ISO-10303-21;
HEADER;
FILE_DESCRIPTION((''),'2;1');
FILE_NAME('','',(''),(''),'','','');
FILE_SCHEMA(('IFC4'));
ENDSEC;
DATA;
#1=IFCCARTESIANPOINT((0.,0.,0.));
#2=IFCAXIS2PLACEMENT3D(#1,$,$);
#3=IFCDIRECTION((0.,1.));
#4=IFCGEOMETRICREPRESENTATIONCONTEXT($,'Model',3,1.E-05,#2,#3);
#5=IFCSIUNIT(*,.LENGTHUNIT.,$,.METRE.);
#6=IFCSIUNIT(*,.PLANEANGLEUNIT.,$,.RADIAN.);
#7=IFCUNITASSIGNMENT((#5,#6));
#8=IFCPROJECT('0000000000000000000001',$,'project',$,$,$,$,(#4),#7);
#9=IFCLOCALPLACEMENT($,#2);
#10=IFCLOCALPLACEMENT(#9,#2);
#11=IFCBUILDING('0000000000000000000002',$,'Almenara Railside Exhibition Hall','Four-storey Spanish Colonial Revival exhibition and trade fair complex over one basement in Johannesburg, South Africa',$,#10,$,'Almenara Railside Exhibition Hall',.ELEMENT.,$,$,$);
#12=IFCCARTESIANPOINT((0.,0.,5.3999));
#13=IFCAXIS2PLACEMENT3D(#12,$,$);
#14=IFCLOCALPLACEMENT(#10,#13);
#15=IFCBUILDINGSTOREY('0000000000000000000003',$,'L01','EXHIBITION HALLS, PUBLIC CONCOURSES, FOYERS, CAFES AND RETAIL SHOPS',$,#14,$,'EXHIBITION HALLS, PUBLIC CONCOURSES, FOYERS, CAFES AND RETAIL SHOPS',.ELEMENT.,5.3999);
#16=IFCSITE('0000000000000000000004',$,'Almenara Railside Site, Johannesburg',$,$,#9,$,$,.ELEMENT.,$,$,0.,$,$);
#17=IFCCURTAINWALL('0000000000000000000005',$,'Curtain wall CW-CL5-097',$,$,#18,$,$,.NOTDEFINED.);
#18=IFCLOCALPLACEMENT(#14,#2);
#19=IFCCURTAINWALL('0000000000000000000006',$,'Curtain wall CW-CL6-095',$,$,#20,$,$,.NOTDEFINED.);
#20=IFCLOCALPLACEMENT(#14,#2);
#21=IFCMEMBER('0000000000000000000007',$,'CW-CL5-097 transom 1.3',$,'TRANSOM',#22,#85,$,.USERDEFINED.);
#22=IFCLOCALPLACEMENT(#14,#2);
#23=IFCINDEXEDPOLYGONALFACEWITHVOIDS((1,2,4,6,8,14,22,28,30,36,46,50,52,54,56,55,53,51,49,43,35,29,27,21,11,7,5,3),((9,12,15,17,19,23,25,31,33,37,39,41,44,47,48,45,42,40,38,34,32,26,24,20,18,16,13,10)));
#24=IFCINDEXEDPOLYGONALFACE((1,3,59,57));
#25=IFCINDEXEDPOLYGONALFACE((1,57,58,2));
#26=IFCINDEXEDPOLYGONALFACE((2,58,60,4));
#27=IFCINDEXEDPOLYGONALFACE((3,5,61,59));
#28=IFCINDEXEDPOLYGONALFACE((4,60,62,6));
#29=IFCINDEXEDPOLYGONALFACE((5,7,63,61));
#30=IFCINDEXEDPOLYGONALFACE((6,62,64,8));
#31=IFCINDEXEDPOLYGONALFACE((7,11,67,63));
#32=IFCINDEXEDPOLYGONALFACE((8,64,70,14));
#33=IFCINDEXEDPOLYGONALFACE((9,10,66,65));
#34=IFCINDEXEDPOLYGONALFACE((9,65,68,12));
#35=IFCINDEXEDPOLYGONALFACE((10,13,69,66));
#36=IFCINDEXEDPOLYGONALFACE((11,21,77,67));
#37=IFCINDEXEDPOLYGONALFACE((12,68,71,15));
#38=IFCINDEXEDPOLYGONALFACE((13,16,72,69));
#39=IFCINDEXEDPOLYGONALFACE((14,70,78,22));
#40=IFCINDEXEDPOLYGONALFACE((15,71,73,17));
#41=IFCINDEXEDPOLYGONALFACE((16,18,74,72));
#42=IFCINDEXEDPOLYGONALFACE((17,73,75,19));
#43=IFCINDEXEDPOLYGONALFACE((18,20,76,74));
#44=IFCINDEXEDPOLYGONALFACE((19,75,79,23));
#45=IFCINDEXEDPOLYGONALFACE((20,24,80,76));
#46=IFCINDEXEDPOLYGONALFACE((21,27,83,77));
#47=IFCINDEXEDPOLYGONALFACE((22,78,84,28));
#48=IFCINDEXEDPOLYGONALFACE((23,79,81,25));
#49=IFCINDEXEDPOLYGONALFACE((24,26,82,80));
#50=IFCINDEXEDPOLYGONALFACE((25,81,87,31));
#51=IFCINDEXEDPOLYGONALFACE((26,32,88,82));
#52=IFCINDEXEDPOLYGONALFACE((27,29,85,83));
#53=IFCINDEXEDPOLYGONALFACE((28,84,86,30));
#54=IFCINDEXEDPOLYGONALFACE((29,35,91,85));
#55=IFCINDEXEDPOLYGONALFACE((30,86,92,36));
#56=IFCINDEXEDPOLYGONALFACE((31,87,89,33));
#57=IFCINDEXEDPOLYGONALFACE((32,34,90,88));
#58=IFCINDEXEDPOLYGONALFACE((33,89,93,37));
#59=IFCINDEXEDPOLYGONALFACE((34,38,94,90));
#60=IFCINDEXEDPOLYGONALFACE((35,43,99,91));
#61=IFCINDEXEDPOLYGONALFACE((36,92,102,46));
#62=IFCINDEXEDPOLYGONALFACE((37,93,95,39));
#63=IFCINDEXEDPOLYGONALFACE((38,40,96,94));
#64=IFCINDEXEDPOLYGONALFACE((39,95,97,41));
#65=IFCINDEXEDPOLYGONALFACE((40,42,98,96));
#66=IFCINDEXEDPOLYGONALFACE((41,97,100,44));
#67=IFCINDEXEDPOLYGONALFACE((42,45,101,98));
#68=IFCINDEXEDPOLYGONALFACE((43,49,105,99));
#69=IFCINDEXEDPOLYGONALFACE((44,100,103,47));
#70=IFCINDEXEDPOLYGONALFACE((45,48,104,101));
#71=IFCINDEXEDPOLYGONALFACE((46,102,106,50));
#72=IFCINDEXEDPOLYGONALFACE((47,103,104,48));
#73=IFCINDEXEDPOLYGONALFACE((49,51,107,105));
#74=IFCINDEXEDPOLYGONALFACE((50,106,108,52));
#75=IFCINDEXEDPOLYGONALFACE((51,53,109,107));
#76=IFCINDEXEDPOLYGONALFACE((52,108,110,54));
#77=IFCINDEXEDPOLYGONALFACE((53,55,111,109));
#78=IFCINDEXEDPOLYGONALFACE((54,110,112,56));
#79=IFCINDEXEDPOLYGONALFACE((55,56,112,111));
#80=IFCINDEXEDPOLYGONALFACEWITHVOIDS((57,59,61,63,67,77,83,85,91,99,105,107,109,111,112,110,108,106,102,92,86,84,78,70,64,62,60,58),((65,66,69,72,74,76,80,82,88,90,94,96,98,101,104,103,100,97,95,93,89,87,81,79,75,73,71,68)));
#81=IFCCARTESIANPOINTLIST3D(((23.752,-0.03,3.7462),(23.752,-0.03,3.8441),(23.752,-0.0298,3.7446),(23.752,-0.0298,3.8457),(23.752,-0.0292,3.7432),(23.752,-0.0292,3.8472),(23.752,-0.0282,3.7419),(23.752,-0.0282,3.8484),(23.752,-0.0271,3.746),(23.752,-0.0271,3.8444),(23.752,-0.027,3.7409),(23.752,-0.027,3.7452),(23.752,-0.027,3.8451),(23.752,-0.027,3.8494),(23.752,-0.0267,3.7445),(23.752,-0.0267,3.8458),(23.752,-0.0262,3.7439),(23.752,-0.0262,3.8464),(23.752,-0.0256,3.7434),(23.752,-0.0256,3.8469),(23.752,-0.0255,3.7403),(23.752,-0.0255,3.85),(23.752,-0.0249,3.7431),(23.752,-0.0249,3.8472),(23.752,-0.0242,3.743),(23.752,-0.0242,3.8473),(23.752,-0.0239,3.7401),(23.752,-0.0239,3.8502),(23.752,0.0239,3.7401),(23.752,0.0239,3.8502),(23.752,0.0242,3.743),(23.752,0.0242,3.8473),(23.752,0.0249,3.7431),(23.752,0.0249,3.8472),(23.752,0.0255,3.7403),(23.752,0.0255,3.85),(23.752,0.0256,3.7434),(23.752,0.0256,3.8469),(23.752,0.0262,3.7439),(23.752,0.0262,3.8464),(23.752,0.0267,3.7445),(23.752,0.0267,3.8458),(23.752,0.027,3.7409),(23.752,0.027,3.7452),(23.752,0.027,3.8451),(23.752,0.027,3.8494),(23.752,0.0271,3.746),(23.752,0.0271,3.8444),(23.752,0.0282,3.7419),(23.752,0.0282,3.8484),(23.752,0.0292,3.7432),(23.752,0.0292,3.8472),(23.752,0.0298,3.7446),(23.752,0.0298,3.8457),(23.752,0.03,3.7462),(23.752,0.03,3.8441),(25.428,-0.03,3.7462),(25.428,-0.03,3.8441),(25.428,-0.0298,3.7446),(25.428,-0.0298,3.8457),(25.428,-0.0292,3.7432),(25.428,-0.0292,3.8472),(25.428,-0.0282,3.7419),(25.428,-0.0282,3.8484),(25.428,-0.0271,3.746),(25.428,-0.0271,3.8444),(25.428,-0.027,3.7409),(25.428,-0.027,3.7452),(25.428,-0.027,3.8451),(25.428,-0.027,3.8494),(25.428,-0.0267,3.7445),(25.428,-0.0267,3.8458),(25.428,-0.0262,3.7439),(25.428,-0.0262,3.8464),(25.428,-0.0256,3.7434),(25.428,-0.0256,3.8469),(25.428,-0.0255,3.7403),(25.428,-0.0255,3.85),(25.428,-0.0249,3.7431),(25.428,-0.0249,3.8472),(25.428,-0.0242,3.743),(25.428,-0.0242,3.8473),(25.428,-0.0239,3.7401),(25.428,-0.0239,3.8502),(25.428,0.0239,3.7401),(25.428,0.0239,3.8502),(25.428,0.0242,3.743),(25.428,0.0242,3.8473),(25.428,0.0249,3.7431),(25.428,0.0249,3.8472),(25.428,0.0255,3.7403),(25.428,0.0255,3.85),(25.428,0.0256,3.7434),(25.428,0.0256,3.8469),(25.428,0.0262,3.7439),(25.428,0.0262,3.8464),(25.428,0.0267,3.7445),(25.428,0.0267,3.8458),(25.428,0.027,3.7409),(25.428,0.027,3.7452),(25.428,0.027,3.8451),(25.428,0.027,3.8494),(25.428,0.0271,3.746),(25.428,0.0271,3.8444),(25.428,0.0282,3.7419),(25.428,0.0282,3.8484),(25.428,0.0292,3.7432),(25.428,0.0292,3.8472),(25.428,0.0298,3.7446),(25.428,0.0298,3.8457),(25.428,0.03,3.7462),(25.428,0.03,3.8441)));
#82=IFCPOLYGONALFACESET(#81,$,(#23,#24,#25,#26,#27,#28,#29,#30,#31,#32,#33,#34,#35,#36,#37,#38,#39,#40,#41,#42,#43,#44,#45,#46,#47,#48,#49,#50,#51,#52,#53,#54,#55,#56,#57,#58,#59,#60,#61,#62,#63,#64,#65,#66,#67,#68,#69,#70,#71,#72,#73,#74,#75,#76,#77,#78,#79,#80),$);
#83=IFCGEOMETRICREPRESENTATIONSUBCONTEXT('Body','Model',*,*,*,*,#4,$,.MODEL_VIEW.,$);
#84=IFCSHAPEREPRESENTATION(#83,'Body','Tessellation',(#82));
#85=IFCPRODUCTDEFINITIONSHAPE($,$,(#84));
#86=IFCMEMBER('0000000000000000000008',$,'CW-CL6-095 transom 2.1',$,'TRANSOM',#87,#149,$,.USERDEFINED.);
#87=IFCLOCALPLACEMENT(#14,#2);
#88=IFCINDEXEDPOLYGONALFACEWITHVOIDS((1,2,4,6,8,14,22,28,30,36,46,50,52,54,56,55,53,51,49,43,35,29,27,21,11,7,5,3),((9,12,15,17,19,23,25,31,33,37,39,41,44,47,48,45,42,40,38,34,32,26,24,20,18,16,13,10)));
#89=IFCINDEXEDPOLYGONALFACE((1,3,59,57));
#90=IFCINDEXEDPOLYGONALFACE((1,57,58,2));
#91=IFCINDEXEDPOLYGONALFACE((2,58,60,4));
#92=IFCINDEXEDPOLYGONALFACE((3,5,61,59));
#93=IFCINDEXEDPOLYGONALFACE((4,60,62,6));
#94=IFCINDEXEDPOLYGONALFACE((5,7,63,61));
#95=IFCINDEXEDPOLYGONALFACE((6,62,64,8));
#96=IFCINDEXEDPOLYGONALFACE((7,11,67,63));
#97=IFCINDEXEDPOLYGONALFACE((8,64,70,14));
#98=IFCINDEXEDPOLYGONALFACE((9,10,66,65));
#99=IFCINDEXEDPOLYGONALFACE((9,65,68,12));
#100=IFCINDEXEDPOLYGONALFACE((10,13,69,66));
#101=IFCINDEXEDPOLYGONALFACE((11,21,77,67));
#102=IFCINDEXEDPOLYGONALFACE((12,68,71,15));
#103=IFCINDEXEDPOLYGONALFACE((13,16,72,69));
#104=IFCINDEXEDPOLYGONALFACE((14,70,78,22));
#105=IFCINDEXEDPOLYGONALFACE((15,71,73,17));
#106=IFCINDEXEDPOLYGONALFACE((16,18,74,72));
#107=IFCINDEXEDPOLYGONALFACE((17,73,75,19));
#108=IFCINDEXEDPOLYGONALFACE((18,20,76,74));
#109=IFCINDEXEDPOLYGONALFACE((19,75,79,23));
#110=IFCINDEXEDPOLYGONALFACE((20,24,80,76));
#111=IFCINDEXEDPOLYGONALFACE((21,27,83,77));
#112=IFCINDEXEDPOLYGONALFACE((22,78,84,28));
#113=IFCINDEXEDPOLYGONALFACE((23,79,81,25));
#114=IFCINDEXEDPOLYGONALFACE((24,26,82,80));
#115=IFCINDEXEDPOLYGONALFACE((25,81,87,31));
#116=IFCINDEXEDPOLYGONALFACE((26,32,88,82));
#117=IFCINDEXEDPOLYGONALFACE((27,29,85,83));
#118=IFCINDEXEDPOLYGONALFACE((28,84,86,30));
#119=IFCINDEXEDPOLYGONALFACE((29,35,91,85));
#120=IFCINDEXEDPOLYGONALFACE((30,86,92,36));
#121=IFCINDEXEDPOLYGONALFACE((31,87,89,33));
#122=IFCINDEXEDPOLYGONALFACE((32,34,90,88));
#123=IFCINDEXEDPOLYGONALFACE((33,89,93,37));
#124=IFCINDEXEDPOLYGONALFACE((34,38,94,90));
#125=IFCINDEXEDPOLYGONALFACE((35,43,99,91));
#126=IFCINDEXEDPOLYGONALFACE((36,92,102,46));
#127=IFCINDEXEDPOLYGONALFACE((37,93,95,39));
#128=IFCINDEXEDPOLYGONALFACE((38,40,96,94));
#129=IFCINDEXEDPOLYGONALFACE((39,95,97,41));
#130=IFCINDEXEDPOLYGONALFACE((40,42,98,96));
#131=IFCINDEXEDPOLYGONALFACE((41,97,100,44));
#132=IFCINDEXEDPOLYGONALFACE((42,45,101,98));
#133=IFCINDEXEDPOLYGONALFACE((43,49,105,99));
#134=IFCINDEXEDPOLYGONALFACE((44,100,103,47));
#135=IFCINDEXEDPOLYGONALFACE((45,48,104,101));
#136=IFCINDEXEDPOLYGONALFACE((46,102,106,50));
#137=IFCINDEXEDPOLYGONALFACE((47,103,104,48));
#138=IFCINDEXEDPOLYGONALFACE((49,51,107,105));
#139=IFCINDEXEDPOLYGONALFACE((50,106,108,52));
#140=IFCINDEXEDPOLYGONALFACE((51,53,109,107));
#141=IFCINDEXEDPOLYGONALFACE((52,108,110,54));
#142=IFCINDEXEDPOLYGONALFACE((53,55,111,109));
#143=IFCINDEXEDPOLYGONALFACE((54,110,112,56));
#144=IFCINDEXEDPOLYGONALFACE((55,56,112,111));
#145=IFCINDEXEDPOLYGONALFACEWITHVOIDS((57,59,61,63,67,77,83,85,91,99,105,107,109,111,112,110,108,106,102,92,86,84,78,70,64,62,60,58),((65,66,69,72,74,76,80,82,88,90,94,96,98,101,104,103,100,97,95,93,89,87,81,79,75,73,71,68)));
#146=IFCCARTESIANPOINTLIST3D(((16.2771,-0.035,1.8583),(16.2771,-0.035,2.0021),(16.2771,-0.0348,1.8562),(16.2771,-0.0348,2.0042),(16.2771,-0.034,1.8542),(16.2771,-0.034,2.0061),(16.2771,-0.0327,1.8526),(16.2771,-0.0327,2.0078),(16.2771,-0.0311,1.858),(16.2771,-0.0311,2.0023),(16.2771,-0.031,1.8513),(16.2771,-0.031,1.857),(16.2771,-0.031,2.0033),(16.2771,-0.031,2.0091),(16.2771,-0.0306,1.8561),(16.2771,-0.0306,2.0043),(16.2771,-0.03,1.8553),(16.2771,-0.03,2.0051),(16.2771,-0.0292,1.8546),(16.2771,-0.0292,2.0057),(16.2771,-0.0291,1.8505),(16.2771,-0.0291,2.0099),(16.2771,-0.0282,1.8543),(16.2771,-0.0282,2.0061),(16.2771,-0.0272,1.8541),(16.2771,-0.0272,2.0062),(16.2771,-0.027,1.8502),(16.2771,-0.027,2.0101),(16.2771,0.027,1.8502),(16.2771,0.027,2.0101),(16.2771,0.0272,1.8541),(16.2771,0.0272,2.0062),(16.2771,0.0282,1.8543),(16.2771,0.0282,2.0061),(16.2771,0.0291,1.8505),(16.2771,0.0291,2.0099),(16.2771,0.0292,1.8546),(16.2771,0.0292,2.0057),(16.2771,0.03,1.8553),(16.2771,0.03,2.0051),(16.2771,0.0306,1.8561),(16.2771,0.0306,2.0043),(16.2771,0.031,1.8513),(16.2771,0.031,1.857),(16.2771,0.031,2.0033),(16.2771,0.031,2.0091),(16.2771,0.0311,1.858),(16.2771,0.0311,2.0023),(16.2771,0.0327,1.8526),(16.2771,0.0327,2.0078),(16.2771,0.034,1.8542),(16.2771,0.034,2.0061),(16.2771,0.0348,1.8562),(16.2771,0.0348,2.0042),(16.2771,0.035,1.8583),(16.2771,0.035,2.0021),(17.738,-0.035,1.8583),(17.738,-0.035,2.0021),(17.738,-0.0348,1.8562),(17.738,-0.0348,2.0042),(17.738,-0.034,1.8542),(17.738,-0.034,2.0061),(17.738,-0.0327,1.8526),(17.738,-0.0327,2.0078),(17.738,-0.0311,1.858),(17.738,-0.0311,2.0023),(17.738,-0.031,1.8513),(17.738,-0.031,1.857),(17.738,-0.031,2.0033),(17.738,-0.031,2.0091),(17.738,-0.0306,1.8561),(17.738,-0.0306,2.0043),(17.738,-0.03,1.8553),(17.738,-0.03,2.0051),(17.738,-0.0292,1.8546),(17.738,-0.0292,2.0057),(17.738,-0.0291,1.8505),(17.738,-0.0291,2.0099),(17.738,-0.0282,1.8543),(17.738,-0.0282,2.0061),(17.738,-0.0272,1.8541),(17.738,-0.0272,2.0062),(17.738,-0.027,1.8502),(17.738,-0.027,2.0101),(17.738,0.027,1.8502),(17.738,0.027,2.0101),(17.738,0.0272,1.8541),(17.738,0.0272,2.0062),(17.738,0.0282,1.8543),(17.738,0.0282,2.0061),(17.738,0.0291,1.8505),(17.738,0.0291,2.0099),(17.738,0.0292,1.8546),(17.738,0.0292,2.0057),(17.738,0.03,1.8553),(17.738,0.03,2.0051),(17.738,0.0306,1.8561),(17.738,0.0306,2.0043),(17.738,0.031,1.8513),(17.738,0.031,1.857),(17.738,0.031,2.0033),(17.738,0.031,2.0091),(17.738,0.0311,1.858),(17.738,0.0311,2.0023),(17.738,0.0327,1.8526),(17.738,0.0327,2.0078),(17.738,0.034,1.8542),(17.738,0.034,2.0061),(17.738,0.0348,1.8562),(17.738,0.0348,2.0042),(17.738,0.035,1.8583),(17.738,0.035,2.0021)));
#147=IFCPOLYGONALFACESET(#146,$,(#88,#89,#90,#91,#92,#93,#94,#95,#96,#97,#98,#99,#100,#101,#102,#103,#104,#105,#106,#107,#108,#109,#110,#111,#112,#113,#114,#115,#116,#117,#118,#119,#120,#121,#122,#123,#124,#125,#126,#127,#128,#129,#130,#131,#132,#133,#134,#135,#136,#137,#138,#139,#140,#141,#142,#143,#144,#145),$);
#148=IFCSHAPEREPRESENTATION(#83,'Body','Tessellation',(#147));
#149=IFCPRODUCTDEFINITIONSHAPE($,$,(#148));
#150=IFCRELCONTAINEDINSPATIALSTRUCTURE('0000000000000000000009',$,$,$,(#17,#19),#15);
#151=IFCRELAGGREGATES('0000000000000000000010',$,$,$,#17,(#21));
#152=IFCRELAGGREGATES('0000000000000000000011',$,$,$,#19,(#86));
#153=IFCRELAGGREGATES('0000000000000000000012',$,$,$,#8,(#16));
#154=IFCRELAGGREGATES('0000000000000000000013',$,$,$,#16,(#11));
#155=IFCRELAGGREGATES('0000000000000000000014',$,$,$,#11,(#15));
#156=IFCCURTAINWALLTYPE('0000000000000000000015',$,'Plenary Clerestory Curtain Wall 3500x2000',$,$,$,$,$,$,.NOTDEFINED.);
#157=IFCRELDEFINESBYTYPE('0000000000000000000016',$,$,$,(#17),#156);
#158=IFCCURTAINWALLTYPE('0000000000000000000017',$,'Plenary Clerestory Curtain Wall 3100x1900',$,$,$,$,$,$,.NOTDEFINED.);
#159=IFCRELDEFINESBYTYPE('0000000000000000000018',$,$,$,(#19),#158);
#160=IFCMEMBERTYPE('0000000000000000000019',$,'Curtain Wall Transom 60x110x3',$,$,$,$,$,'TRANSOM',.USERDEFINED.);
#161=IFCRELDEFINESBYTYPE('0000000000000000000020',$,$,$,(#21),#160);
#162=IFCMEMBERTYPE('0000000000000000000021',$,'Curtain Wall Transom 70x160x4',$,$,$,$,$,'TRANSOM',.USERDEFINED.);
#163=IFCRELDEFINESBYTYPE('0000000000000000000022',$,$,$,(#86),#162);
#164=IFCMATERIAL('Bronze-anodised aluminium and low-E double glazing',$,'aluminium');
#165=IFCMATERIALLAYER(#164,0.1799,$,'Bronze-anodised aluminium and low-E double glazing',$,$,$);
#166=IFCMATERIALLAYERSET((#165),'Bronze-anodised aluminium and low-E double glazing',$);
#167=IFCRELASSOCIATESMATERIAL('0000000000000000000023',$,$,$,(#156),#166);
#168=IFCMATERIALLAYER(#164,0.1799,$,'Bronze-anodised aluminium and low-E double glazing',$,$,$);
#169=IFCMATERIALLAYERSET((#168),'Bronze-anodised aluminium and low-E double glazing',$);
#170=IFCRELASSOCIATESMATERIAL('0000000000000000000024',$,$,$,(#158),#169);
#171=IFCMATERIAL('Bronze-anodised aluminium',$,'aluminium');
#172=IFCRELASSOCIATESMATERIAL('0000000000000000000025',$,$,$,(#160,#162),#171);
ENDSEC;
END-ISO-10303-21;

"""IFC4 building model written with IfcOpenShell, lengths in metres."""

from ifc_helpers import new_model, si_unit, direction, frame, origin, origin_2d, place, context, subcontext, project, spatial, hollow_rectangle, extrude, material, layer, layer_set, material_profile, profile_set, type_object, element, aggregate, save


model = new_model("IFC4")

# Units and contexts
model_context = context("Model", 3, precision=1e-05, world=origin(), true_north=direction((0.0, 1.0)))
body_context = subcontext(model_context, "Body", "Model", "MODEL_VIEW")
ifc_project = project(units=[si_unit("LENGTHUNIT", "METRE"), si_unit("PLANEANGLEUNIT", "RADIAN")], contexts=[model_context])

# Site, building, storey
site_placement = place(None, origin())
site = spatial("IfcSite", under=ifc_project, at=site_placement, Name="Almenara Railside Site, Johannesburg", CompositionType="ELEMENT", RefElevation=0.0)
building_placement = place(site_placement, origin())
building = spatial("IfcBuilding", under=site, at=building_placement, Name="Almenara Railside Exhibition Hall", Description="Four-storey Spanish Colonial Revival exhibition and trade fair complex over one basement in Johannesburg, South Africa", LongName="Almenara Railside Exhibition Hall", CompositionType="ELEMENT")
storey_placement = place(building_placement, frame((0.0, 0.0, 5.3999)))
storey = spatial("IfcBuildingStorey", under=building, at=storey_placement, Name="L01", Description="EXHIBITION HALLS, PUBLIC CONCOURSES, FOYERS, CAFES AND RETAIL SHOPS", LongName="EXHIBITION HALLS, PUBLIC CONCOURSES, FOYERS, CAFES AND RETAIL SHOPS", CompositionType="ELEMENT", Elevation=5.3999)

# Curtain walls
ifc_material_1 = material(Name="Bronze-anodised aluminium and low-E double glazing", Category="aluminium")
ifc_material_2 = material(Name="Bronze-anodised aluminium", Category="aluminium")
ifc_layer_1 = layer(ifc_material_1, 0.1799, Name="Bronze-anodised aluminium and low-E double glazing")
ifc_layer_set_1 = layer_set([ifc_layer_1], Name="Bronze-anodised aluminium and low-E double glazing")
curtain_wall_type_1 = type_object("IfcCurtainWallType", Name="Plenary Clerestory Curtain Wall 3500x2000", PredefinedType="NOTDEFINED", material=ifc_layer_set_1)
curtain_wall_1_placement = place(storey_placement, origin())
curtain_wall_1 = element("IfcCurtainWall", 1, at=curtain_wall_1_placement, inside=storey, type_object=curtain_wall_type_1, Name="Curtain wall CW-CL5-097", PredefinedType="NOTDEFINED")
ifc_layer_2 = layer(ifc_material_1, 0.1799, Name="Bronze-anodised aluminium and low-E double glazing")
ifc_layer_set_2 = layer_set([ifc_layer_2], Name="Bronze-anodised aluminium and low-E double glazing")
curtain_wall_type_2 = type_object("IfcCurtainWallType", Name="Plenary Clerestory Curtain Wall 3100x1900", PredefinedType="NOTDEFINED", material=ifc_layer_set_2)
curtain_wall_2_placement = place(storey_placement, origin())
curtain_wall_2 = element("IfcCurtainWall", 2, at=curtain_wall_2_placement, inside=storey, type_object=curtain_wall_type_2, Name="Curtain wall CW-CL6-095", PredefinedType="NOTDEFINED")

# Members
ifc_material_profile_1 = material_profile(ifc_material_2, hollow_rectangle(XDim=0.0601, YDim=0.1101, WallThickness=0.0029, InnerFilletRadius=0.0029, OuterFilletRadius=0.0061, at=origin_2d()), Name="ALU-TRN 60x110x3")
ifc_profile_set_1 = profile_set([ifc_material_profile_1], Name="Bronze-anodised aluminium")
member_type_1 = type_object("IfcMemberType", Name="Curtain Wall Transom 60x110x3", ElementType="TRANSOM", PredefinedType="USERDEFINED", material=ifc_profile_set_1)
member_1_placement = place(storey_placement, frame((23.752, 0.0, 3.7952), z_axis=(1.0, 0.0, 0.0), x_axis=(0.0, 1.0, 0.0)))
member_1 = element("IfcMember", 3, at=member_1_placement, type_object=member_type_1, Name="CW-CL5-097 transom 1.3", ObjectType="TRANSOM", PredefinedType="USERDEFINED", context=body_context, shape_type="SweptSolid", body=[
    extrude(hollow_rectangle(XDim=0.0601, YDim=0.1101, WallThickness=0.0029, InnerFilletRadius=0.0029, OuterFilletRadius=0.0061, at=origin_2d()), origin(), (0.0, 0.0, 1.0), 1.676),
])
aggregate(curtain_wall_1, [member_1])
ifc_material_profile_2 = material_profile(ifc_material_2, hollow_rectangle(XDim=0.0701, YDim=0.1599, WallThickness=0.0039, InnerFilletRadius=0.0039, OuterFilletRadius=0.0081, at=origin_2d()), Name="ALU-TRN 70x160x4")
ifc_profile_set_2 = profile_set([ifc_material_profile_2], Name="Bronze-anodised aluminium")
member_type_2 = type_object("IfcMemberType", Name="Curtain Wall Transom 70x160x4", ElementType="TRANSOM", PredefinedType="USERDEFINED", material=ifc_profile_set_2)
member_2_placement = place(storey_placement, frame((16.2771, 0.0, 1.9302), z_axis=(1.0, 0.0, 0.0), x_axis=(0.0, 1.0, 0.0)))
member_2 = element("IfcMember", 4, at=member_2_placement, type_object=member_type_2, Name="CW-CL6-095 transom 2.1", ObjectType="TRANSOM", PredefinedType="USERDEFINED", context=body_context, shape_type="SweptSolid", body=[
    extrude(hollow_rectangle(XDim=0.0701, YDim=0.1599, WallThickness=0.0039, InnerFilletRadius=0.0039, OuterFilletRadius=0.0081, at=origin_2d()), origin(), (0.0, 0.0, 1.0), 1.4609),
])

aggregate(curtain_wall_2, [member_2])

save(model, "model.ifc")
